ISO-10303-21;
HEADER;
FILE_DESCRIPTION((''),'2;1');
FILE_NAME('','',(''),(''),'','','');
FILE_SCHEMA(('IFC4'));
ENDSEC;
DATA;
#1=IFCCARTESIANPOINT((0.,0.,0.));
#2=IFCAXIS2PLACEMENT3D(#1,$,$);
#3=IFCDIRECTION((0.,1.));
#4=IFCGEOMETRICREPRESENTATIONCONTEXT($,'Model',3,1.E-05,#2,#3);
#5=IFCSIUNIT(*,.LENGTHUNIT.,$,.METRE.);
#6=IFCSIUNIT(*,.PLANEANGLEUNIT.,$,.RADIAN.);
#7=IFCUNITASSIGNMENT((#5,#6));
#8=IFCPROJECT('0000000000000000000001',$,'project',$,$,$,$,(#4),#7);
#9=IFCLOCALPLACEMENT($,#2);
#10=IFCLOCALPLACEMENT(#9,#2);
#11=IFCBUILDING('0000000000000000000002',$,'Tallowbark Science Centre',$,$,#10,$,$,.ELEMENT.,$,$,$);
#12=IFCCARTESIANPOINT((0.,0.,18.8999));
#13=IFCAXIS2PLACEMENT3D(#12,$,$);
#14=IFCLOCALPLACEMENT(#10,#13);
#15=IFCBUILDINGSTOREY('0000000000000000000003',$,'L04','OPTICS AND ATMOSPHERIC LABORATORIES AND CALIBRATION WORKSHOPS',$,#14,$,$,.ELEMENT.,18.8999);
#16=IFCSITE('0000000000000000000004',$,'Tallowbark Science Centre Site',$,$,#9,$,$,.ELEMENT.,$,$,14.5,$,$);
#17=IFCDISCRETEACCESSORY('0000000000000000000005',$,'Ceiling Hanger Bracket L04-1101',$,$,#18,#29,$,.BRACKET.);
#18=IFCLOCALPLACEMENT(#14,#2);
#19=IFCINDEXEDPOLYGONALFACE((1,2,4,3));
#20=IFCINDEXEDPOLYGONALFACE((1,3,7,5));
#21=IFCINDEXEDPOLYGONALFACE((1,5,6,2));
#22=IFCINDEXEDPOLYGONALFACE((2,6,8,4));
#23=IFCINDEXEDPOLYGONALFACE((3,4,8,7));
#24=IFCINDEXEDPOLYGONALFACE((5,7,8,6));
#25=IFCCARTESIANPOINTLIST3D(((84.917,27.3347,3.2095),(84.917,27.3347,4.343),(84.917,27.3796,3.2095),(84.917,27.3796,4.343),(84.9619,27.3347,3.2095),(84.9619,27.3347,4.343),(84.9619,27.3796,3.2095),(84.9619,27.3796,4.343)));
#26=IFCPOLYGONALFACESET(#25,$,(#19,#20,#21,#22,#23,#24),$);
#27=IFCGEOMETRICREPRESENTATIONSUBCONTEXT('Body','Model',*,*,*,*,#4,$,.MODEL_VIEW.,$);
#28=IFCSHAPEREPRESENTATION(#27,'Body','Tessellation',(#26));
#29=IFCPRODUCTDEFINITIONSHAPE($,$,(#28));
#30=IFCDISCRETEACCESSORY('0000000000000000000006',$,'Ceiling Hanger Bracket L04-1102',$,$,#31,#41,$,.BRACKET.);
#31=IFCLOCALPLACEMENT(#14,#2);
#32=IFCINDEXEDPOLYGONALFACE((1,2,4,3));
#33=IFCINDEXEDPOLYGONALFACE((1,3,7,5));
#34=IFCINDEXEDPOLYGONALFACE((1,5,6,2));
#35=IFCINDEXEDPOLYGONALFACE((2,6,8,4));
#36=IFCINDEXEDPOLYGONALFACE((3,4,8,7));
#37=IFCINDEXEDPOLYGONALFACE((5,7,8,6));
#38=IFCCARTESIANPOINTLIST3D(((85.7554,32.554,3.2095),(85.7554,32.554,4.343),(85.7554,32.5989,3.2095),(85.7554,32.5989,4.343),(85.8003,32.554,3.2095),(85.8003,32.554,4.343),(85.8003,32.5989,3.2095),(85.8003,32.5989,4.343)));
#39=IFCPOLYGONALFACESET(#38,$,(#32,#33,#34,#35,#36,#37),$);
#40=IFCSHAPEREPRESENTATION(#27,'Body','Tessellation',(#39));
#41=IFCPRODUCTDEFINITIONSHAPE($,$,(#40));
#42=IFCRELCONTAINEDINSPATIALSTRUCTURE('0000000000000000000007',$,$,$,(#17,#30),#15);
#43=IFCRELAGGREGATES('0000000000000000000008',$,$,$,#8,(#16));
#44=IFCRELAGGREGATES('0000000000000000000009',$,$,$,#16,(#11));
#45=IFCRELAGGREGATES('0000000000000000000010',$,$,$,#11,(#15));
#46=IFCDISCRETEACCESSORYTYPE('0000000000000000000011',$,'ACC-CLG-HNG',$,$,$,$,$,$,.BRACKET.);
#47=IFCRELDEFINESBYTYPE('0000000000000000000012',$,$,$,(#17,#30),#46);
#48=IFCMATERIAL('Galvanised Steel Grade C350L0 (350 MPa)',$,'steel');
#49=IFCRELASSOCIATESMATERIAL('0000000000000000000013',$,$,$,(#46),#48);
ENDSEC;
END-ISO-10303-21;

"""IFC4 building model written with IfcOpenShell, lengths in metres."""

from ifc_helpers import new_model, si_unit, direction, frame, origin, origin_2d, place, context, subcontext, project, spatial, rectangle, extrude, material, type_object, element, save


model = new_model("IFC4")

# Units and contexts
model_context = context("Model", 3, precision=1e-05, world=origin(), true_north=direction((0.0, 1.0)))
body_context = subcontext(model_context, "Body", "Model", "MODEL_VIEW")
ifc_project = project(units=[si_unit("LENGTHUNIT", "METRE"), si_unit("PLANEANGLEUNIT", "RADIAN")], contexts=[model_context])

# Site, building, storey
site_placement = place(None, origin())
site = spatial("IfcSite", under=ifc_project, at=site_placement, Name="Tallowbark Science Centre Site", CompositionType="ELEMENT", RefElevation=14.5)
building_placement = place(site_placement, origin())
building = spatial("IfcBuilding", under=site, at=building_placement, Name="Tallowbark Science Centre", CompositionType="ELEMENT")
storey_placement = place(building_placement, frame((0.0, 0.0, 18.8999)))
storey = spatial("IfcBuildingStorey", under=building, at=storey_placement, Name="L04", Description="OPTICS AND ATMOSPHERIC LABORATORIES AND CALIBRATION WORKSHOPS", CompositionType="ELEMENT", Elevation=18.8999)

# Discrete accessories
ifc_material_1 = material(Name="Galvanised Steel Grade C350L0 (350 MPa)", Category="steel")
discrete_accessory_type_1 = type_object("IfcDiscreteAccessoryType", Name="ACC-CLG-HNG", PredefinedType="BRACKET", material=ifc_material_1)
for number, where, z_axis, x_axis, name in (
    (1, (84.9395, 27.3572, 3.2095), (0.0, 0.0, 1.0), (1.0, 0.0, 0.0), "Ceiling Hanger Bracket L04-1101"),
    (2, (85.7778, 32.5764, 3.2095), (0.0, 0.0, 1.0), (1.0, 0.0, 0.0), "Ceiling Hanger Bracket L04-1102"),
):
    element("IfcDiscreteAccessory", number, at=place(storey_placement, frame(where, z_axis=z_axis, x_axis=x_axis)), inside=storey, type_object=discrete_accessory_type_1, Name=name, PredefinedType="BRACKET", context=body_context, shape_type="SweptSolid", body=[
        extrude(rectangle(XDim=0.0449, YDim=0.0449, at=origin_2d()), origin(), (0.0, 0.0, 1.0), 1.1335),
    ])

save(model, "model.ifc")
